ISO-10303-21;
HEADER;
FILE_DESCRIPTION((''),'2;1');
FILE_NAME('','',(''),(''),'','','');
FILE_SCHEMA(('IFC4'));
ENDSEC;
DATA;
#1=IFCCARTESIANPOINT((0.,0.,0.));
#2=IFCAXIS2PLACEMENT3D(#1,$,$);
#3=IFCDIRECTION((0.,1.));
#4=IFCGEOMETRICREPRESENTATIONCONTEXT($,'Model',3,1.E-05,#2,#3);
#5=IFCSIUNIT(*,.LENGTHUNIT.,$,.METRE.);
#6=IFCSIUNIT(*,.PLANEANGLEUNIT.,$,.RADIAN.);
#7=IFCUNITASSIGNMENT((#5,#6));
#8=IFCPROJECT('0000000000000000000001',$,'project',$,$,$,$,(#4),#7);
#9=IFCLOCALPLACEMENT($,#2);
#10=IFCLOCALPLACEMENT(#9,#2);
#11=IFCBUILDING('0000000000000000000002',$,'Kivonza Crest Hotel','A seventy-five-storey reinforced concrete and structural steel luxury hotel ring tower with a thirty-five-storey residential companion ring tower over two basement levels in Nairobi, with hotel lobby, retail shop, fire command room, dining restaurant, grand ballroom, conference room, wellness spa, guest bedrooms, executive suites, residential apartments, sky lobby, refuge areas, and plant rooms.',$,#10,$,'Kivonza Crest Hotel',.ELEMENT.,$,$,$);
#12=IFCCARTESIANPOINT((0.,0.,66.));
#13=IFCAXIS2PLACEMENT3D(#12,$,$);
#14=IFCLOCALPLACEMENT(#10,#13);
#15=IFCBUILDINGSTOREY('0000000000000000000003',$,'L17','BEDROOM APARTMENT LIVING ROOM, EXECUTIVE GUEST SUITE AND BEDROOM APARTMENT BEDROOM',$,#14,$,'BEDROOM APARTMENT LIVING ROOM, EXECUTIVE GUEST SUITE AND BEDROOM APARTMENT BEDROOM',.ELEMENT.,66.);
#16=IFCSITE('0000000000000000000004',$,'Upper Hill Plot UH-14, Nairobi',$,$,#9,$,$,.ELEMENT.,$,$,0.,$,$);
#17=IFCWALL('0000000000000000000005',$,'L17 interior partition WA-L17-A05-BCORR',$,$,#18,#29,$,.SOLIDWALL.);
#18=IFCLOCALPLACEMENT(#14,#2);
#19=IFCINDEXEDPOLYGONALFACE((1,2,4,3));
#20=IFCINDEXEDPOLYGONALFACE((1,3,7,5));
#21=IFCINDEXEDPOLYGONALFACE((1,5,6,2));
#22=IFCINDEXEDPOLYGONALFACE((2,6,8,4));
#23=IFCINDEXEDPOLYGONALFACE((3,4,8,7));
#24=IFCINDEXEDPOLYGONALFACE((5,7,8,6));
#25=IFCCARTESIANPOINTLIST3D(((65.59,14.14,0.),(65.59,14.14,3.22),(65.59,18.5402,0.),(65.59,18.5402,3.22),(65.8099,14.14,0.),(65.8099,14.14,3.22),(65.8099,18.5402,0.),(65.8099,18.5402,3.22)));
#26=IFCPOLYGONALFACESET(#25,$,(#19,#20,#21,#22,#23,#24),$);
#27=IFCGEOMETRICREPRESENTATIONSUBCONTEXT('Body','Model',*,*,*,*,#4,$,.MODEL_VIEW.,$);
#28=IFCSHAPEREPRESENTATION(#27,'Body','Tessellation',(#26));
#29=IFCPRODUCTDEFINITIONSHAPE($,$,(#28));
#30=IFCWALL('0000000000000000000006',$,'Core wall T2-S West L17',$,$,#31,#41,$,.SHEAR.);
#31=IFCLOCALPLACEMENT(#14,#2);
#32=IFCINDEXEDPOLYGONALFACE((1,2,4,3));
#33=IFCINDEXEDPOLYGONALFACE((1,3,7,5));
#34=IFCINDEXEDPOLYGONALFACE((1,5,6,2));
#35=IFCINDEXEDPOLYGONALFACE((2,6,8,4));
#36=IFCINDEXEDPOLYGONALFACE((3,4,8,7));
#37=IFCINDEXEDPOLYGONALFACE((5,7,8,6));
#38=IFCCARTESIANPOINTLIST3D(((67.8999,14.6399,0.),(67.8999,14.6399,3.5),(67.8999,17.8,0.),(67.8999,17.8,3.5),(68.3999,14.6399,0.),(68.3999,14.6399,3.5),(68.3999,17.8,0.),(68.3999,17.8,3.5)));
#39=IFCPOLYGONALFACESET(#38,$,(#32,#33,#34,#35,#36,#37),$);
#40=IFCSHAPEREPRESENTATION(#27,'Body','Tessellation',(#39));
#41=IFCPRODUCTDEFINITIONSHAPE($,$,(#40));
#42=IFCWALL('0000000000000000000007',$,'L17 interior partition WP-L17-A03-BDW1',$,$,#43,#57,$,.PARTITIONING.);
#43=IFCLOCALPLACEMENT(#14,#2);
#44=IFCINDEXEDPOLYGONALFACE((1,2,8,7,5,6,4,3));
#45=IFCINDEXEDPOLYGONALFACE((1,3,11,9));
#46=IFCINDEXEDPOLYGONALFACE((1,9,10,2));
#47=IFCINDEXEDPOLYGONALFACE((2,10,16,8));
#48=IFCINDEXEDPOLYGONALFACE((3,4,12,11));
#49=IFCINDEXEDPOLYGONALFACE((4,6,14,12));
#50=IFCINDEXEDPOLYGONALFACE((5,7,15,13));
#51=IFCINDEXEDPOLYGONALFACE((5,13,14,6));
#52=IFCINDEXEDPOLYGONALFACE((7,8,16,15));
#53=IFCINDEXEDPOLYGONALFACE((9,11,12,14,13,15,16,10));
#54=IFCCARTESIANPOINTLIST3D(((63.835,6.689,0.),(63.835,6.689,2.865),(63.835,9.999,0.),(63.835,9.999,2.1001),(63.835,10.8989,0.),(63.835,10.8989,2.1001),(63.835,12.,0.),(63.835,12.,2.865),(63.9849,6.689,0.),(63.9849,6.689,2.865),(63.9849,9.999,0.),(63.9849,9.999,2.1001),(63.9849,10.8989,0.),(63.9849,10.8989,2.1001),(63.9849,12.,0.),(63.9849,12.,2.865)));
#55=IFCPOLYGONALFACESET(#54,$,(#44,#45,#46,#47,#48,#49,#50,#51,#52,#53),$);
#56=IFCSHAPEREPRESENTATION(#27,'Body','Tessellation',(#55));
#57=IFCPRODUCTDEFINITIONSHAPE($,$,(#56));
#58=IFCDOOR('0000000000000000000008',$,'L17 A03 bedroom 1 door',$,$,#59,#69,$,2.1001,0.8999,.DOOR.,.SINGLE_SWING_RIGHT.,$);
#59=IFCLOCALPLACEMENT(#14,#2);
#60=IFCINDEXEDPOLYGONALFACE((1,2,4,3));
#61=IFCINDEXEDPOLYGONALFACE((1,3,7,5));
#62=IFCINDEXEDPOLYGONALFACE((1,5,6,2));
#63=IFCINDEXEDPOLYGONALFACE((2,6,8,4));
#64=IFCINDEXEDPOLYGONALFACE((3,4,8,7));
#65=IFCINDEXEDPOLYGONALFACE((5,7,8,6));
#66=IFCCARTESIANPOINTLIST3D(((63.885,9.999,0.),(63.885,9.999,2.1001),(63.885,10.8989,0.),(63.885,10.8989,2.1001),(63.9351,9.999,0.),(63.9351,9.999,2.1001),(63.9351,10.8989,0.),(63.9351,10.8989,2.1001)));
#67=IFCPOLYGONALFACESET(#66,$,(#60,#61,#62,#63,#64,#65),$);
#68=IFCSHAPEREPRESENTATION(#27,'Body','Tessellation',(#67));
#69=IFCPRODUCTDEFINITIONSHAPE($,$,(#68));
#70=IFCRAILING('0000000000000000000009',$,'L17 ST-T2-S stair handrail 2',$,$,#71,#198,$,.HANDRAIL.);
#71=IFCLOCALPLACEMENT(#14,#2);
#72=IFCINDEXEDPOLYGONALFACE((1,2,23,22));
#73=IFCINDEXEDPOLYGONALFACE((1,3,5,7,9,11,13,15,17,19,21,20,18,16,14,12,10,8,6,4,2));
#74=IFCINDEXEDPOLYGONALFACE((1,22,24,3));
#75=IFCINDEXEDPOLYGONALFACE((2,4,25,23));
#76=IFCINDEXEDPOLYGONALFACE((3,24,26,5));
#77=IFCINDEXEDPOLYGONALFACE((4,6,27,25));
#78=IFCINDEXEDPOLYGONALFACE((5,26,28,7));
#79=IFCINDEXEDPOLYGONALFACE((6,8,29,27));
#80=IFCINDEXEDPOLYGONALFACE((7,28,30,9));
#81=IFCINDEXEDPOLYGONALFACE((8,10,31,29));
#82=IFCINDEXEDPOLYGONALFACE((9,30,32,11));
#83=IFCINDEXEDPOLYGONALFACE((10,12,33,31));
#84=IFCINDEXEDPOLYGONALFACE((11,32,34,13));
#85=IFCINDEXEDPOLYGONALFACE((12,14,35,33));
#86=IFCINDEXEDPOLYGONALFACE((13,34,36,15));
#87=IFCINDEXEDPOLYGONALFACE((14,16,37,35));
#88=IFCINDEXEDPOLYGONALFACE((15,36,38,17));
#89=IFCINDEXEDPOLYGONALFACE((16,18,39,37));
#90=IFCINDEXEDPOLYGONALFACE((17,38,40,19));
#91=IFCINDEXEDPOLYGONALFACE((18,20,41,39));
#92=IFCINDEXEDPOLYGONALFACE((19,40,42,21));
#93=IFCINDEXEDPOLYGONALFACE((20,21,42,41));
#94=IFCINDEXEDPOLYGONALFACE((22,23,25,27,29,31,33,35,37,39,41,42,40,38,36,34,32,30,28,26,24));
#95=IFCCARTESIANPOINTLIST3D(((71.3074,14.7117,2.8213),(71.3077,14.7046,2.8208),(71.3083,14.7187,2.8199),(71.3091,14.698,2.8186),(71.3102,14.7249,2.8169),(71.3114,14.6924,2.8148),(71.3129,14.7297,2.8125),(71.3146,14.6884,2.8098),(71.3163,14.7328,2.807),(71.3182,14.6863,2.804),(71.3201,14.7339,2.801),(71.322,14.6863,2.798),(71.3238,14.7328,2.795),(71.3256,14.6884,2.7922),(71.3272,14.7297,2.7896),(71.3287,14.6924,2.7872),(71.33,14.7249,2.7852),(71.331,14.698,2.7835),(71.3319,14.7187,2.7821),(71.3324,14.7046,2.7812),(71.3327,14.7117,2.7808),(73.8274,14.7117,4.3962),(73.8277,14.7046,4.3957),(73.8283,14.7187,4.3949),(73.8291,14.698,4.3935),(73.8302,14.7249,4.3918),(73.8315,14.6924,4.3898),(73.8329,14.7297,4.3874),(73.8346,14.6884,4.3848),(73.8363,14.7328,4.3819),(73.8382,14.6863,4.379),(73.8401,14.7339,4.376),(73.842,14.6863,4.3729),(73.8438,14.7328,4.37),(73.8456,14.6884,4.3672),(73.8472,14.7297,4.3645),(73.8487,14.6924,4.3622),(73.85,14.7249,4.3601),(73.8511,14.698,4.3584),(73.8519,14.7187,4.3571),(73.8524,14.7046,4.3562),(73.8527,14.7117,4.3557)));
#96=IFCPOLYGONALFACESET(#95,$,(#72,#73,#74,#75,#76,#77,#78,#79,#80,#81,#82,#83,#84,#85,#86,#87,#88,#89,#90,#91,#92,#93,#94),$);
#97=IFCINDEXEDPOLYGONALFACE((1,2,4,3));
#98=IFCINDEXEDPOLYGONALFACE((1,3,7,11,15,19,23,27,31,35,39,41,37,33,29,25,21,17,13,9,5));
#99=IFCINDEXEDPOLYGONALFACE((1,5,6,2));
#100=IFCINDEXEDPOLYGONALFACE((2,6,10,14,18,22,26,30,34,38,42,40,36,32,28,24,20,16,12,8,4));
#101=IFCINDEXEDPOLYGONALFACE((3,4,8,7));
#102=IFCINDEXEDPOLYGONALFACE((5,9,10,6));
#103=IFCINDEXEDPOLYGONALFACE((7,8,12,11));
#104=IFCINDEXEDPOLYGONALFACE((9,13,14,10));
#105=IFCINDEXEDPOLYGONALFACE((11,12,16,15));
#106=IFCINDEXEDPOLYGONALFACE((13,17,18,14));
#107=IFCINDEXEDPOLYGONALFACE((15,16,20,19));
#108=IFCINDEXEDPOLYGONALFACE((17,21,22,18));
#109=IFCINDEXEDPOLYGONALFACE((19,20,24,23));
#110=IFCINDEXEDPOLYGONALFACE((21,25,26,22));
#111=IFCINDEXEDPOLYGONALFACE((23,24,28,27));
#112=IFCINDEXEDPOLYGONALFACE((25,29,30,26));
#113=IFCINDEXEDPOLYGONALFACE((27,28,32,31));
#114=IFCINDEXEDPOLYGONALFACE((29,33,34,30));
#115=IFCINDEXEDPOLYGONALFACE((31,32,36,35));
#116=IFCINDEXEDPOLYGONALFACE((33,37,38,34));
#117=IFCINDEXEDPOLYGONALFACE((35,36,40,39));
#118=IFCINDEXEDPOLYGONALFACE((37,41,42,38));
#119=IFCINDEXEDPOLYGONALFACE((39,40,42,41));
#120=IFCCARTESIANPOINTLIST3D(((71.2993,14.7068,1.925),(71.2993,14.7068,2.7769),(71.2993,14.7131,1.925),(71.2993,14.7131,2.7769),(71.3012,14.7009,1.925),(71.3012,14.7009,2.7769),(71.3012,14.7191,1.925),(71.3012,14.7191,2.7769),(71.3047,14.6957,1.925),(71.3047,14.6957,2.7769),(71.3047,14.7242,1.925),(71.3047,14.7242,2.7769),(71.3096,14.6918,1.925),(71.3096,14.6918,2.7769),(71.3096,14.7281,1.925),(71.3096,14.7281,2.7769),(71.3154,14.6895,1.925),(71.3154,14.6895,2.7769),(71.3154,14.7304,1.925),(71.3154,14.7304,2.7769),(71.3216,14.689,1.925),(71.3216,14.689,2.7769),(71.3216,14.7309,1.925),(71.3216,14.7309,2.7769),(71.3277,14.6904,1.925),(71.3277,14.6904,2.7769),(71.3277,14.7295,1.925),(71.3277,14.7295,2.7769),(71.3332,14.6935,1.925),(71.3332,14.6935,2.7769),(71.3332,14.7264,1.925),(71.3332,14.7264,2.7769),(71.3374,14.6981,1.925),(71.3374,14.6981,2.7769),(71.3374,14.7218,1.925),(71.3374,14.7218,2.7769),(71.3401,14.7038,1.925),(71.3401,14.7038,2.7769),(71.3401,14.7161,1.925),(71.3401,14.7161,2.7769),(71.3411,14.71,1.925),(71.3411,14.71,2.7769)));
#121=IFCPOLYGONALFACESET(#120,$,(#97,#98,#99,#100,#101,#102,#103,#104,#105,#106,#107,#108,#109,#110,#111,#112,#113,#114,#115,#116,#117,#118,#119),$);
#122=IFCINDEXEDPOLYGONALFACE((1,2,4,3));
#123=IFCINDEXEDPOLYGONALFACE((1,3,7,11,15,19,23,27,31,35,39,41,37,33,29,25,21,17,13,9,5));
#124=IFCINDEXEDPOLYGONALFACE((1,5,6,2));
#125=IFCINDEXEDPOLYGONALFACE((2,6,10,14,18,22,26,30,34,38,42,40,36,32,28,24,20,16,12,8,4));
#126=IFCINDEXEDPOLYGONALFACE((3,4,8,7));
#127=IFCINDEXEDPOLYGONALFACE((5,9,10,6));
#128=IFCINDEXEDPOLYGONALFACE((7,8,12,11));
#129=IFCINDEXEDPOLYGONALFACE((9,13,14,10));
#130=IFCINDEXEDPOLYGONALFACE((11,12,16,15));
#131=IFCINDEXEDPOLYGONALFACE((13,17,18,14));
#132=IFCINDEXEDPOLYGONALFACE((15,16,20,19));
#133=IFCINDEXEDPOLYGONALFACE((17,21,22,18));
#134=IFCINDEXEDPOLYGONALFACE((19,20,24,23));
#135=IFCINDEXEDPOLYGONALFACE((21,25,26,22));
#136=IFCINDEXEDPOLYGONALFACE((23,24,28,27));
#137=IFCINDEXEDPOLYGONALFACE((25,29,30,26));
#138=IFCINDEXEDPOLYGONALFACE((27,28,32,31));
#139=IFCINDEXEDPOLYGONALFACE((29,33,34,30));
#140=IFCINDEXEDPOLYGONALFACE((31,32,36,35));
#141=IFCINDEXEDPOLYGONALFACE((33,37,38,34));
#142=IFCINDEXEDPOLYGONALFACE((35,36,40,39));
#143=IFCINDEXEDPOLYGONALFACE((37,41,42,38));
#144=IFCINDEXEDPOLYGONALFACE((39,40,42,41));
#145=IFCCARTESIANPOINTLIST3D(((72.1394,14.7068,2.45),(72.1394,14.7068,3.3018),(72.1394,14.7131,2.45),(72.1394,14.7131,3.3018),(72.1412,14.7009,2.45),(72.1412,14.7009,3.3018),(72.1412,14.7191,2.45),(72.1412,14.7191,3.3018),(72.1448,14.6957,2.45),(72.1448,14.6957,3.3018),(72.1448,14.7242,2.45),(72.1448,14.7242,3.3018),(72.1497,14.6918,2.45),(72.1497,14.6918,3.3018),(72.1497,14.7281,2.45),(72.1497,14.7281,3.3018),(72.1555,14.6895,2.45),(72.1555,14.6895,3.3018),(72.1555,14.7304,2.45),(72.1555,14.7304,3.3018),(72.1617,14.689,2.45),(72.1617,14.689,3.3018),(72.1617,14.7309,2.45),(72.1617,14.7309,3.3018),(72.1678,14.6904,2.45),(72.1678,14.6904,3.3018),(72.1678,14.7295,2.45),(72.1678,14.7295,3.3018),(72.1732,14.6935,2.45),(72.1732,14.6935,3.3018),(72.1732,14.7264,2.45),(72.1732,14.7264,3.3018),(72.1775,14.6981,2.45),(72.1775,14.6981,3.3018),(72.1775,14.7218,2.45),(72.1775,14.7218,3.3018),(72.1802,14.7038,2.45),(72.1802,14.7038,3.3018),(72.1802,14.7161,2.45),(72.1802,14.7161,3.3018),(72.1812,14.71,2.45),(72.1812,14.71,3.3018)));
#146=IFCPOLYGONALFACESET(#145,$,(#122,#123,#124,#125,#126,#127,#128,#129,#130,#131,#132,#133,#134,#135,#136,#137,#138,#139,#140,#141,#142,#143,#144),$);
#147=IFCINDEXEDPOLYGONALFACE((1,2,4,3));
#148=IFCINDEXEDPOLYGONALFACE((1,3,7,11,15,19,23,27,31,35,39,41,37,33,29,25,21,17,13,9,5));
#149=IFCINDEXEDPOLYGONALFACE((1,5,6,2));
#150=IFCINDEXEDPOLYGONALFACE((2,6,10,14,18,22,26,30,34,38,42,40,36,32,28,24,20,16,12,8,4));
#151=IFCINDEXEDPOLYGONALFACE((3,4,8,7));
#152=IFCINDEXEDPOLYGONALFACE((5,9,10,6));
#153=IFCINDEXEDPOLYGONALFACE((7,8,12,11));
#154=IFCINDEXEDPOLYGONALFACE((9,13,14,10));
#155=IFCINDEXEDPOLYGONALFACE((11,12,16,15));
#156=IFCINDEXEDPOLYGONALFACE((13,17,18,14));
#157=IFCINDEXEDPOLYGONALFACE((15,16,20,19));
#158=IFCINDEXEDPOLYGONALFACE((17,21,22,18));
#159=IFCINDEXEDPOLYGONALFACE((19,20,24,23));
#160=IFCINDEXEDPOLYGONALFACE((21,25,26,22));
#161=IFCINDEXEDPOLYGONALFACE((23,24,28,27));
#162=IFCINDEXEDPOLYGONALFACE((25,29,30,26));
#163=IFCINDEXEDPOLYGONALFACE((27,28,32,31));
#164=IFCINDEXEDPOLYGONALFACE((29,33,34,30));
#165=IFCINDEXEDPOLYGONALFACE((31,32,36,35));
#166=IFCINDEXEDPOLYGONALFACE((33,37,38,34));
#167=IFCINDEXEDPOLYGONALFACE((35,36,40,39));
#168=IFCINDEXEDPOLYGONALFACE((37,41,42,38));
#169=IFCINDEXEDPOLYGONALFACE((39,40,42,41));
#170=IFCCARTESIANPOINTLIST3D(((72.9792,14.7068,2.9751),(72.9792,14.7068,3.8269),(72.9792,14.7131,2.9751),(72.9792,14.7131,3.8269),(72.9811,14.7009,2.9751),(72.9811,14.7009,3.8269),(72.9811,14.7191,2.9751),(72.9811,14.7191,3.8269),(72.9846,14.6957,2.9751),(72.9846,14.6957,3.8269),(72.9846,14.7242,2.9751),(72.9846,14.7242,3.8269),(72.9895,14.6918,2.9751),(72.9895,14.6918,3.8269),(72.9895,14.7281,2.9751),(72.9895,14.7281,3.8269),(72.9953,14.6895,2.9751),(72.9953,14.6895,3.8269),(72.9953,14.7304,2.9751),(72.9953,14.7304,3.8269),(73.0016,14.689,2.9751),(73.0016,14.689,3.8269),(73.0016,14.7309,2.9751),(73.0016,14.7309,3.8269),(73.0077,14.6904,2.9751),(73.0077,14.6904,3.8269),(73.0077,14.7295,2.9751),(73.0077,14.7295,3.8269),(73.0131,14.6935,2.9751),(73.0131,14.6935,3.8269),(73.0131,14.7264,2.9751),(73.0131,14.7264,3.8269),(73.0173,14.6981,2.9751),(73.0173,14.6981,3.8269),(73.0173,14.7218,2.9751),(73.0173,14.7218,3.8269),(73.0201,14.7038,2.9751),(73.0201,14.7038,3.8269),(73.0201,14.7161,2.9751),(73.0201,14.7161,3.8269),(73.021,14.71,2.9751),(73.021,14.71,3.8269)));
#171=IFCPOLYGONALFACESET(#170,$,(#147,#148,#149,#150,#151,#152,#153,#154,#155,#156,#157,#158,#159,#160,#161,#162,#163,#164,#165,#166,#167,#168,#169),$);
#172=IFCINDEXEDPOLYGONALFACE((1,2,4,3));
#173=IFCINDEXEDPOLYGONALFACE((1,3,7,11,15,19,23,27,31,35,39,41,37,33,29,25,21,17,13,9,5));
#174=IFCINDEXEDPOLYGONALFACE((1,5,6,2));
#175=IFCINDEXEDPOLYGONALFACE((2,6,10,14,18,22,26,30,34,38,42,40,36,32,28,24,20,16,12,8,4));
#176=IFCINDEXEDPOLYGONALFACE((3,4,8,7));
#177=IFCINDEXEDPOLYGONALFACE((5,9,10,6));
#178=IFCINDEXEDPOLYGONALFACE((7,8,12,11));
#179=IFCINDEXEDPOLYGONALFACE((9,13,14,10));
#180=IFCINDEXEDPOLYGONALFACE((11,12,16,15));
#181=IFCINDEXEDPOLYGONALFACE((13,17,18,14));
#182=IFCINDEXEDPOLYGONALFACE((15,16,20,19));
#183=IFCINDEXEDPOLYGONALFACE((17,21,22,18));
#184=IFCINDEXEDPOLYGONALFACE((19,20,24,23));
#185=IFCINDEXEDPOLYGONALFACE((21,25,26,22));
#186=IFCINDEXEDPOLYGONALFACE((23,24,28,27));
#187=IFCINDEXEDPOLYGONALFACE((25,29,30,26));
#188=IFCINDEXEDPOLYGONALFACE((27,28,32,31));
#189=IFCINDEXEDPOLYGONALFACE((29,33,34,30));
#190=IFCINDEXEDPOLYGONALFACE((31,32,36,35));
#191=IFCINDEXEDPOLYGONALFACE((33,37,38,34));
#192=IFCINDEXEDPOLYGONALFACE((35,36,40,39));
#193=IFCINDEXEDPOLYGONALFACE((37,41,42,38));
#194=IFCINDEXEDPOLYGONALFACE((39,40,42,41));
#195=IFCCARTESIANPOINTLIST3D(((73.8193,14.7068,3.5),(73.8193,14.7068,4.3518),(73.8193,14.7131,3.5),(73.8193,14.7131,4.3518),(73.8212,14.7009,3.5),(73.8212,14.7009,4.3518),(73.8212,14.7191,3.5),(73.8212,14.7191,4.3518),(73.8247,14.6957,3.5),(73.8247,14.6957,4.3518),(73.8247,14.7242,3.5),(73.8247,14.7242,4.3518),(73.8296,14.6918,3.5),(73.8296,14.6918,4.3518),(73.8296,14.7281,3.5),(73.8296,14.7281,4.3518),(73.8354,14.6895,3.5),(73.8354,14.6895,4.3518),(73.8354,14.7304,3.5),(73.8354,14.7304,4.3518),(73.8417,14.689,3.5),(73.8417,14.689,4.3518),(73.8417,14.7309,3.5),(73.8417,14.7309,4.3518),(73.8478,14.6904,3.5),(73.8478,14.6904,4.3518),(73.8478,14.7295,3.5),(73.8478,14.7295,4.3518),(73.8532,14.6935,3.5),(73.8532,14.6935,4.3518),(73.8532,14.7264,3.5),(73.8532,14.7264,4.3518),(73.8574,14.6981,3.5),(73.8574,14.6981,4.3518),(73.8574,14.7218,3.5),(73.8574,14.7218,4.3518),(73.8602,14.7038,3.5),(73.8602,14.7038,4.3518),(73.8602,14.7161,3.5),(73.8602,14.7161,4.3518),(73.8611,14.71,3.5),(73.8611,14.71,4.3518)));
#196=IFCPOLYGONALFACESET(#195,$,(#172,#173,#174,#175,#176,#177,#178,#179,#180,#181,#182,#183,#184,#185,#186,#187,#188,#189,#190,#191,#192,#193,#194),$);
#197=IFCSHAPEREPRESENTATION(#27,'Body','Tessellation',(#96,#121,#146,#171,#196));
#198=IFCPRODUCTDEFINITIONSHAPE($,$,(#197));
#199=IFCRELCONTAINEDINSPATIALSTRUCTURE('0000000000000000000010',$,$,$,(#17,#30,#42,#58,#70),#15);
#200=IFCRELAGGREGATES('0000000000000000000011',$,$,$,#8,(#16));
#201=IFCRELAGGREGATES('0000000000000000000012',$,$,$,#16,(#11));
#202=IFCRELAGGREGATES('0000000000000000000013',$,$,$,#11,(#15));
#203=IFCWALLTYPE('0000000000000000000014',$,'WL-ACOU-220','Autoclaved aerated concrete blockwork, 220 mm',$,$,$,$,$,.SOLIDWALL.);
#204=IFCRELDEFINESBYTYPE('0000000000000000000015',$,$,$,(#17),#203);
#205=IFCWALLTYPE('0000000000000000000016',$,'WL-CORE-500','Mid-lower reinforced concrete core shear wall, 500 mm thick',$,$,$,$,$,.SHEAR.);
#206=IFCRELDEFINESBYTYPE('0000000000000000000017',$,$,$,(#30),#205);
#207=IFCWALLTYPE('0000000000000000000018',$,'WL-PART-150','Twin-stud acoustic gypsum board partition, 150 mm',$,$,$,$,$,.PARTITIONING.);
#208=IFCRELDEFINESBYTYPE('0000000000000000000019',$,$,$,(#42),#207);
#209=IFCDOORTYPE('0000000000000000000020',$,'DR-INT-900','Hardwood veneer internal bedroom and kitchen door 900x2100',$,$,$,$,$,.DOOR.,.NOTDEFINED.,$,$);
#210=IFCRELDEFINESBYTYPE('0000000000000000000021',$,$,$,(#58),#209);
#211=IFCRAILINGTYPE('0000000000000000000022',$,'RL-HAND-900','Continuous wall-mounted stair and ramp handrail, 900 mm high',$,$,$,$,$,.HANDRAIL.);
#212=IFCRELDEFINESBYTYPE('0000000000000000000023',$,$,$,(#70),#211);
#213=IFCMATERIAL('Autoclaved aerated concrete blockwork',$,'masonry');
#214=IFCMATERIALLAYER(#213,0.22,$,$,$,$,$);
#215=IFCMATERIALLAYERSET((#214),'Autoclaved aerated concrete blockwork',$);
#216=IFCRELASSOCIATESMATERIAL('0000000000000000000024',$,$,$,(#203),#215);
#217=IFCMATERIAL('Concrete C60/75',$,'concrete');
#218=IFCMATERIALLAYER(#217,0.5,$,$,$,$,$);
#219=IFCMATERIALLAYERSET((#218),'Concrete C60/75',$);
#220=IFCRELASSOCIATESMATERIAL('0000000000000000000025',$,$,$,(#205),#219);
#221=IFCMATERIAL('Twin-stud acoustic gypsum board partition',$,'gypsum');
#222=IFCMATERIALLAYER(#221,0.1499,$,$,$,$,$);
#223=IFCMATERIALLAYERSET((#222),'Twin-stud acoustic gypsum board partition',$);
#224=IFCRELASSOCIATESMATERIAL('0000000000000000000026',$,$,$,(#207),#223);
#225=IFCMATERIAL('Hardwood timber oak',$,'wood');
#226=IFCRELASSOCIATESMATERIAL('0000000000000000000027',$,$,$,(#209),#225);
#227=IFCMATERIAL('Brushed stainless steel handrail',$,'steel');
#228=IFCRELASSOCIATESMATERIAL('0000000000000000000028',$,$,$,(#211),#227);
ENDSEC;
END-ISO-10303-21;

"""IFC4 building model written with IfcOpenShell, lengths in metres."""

from ifc_helpers import new_model, si_unit, direction, frame, frame_2d, origin, origin_2d, place, context, subcontext, project, spatial, rectangle, circle, extrude, material, layer, layer_set, type_object, element, fill, save


model = new_model("IFC4")

# Units and contexts
model_context = context("Model", 3, precision=1e-05, world=origin(), true_north=direction((0.0, 1.0)))
body_context = subcontext(model_context, "Body", "Model", "MODEL_VIEW")
ifc_project = project(units=[si_unit("LENGTHUNIT", "METRE"), si_unit("PLANEANGLEUNIT", "RADIAN")], contexts=[model_context])

# Site, building, storey
site_placement = place(None, origin())
site = spatial("IfcSite", under=ifc_project, at=site_placement, Name="Upper Hill Plot UH-14, Nairobi", CompositionType="ELEMENT", RefElevation=0.0)
building_placement = place(site_placement, origin())
building = spatial("IfcBuilding", under=site, at=building_placement, Name="Kivonza Crest Hotel", Description="A seventy-five-storey reinforced concrete and structural steel luxury hotel ring tower with a thirty-five-storey residential companion ring tower over two basement levels in Nairobi, with hotel lobby, retail shop, fire command room, dining restaurant, grand ballroom, conference room, wellness spa, guest bedrooms, executive suites, residential apartments, sky lobby, refuge areas, and plant rooms.", LongName="Kivonza Crest Hotel", CompositionType="ELEMENT")
storey_placement = place(building_placement, frame((0.0, 0.0, 66.0)))
storey = spatial("IfcBuildingStorey", under=building, at=storey_placement, Name="L17", Description="BEDROOM APARTMENT LIVING ROOM, EXECUTIVE GUEST SUITE AND BEDROOM APARTMENT BEDROOM", LongName="BEDROOM APARTMENT LIVING ROOM, EXECUTIVE GUEST SUITE AND BEDROOM APARTMENT BEDROOM", CompositionType="ELEMENT", Elevation=66.0)

# Shared definitions
ifc_material_1 = material(Name="Autoclaved aerated concrete blockwork", Category="masonry")
ifc_layer_1 = layer(ifc_material_1, 0.22)
ifc_layer_set_1 = layer_set([ifc_layer_1], Name="Autoclaved aerated concrete blockwork")
wall_type_1 = type_object("IfcWallType", Name="WL-ACOU-220", Description="Autoclaved aerated concrete blockwork, 220 mm", PredefinedType="SOLIDWALL", material=ifc_layer_set_1)
ifc_material_2 = material(Name="Hardwood timber oak", Category="wood")

# Wall
wall_1_placement = place(storey_placement, frame((65.7, 14.1399, 0.0), z_axis=(0.0, 0.0, 1.0), x_axis=(0.0, 1.0, 0.0)))
element("IfcWall", 1, at=wall_1_placement, inside=storey, type_object=wall_type_1, Name="L17 interior partition WA-L17-A05-BCORR", PredefinedType="SOLIDWALL", context=body_context, shape_type="SweptSolid", body=[
    extrude(rectangle(XDim=4.4001, YDim=0.22, at=frame_2d((2.2002, 0.0))), origin(), (0.0, 0.0, 1.0), 3.22),
])

# Shared definitions
ifc_material_3 = material(Name="Concrete C60/75", Category="concrete")
ifc_layer_2 = layer(ifc_material_3, 0.5)
ifc_layer_set_2 = layer_set([ifc_layer_2], Name="Concrete C60/75")
wall_type_2 = type_object("IfcWallType", Name="WL-CORE-500", Description="Mid-lower reinforced concrete core shear wall, 500 mm thick", PredefinedType="SHEAR", material=ifc_layer_set_2)

# Wall
wall_2_placement = place(storey_placement, frame((68.1499, 14.6399, 0.0), z_axis=(0.0, 0.0, 1.0), x_axis=(0.0, 1.0, 0.0)))
element("IfcWall", 2, at=wall_2_placement, inside=storey, type_object=wall_type_2, Name="Core wall T2-S West L17", PredefinedType="SHEAR", context=body_context, shape_type="SweptSolid", body=[
    extrude(rectangle(XDim=3.1602, YDim=0.5, at=frame_2d((1.5801, 0.0))), origin(), (0.0, 0.0, 1.0), 3.5),
])

# Wall, opening, door
ifc_material_4 = material(Name="Twin-stud acoustic gypsum board partition", Category="gypsum")
ifc_layer_3 = layer(ifc_material_4, 0.1499)
ifc_layer_set_3 = layer_set([ifc_layer_3], Name="Twin-stud acoustic gypsum board partition")
wall_type_3 = type_object("IfcWallType", Name="WL-PART-150", Description="Twin-stud acoustic gypsum board partition, 150 mm", PredefinedType="PARTITIONING", material=ifc_layer_set_3)
wall_3_placement = place(storey_placement, frame((63.9099, 6.689, 0.0), z_axis=(0.0, 0.0, 1.0), x_axis=(0.0, 1.0, 0.0)))
wall_3 = element("IfcWall", 3, at=wall_3_placement, inside=storey, type_object=wall_type_3, Name="L17 interior partition WP-L17-A03-BDW1", PredefinedType="PARTITIONING", context=body_context, shape_type="SweptSolid", body=[
    extrude(rectangle(XDim=5.311, YDim=0.1499, at=frame_2d((2.6555, 0.0))), origin(), (0.0, 0.0, 1.0), 2.865),
])
opening_1_placement = place(wall_3_placement, frame((3.3101, 0.0, 0.0)))
opening_1 = element("IfcOpeningElement", 4, at=opening_1_placement, cuts=wall_3, PredefinedType="OPENING", context=body_context, shape_type="SweptSolid", body=[
    extrude(rectangle(XDim=0.8999, YDim=2.1001, at=frame_2d((0.45, 1.05))), frame((0.0, 0.085, 0.0), z_axis=(0.0, -1.0, 0.0), x_axis=(1.0, 0.0, 0.0)), (0.0, 0.0, 1.0), 0.1699),
])
door_type_1 = type_object("IfcDoorType", Name="DR-INT-900", Description="Hardwood veneer internal bedroom and kitchen door 900x2100", OperationType="NOTDEFINED", PredefinedType="DOOR", material=ifc_material_2)
door_1_placement = place(opening_1_placement, origin())
door_1 = element("IfcDoor", 5, at=door_1_placement, inside=storey, type_object=door_type_1, Name="L17 A03 bedroom 1 door", OperationType="SINGLE_SWING_RIGHT", OverallHeight=2.1001, OverallWidth=0.8999, PredefinedType="DOOR", context=body_context, shape_type="SweptSolid", body=[
    extrude(rectangle(XDim=0.8999, YDim=2.1001, at=frame_2d((0.45, 1.05))), frame((0.0, 0.0249, 0.0), z_axis=(0.0, -1.0, 0.0), x_axis=(1.0, 0.0, 0.0)), (0.0, 0.0, 1.0), 0.05),
])
fill(opening_1, door_1)

# Railing
ifc_material_5 = material(Name="Brushed stainless steel handrail", Category="steel")
railing_type = type_object("IfcRailingType", Name="RL-HAND-900", Description="Continuous wall-mounted stair and ramp handrail, 900 mm high", PredefinedType="HANDRAIL", material=ifc_material_5)
railing_placement = place(storey_placement, frame((71.3201, 14.71, 1.925)))
element("IfcRailing", 6, at=railing_placement, inside=storey, type_object=railing_type, Name="L17 ST-T2-S stair handrail 2", PredefinedType="HANDRAIL", context=body_context, shape_type="SweptSolid", body=[
    extrude(circle(Radius=0.0239, at=origin_2d()), frame((0.0, 0.0, 0.876), z_axis=(0.848008, 0.0, 0.529984), x_axis=(0.0, 1.0, 0.0)), (0.0, 0.0, 1.0), 2.9717),
    extrude(circle(Radius=0.021, at=origin_2d()), origin(), (0.0, 0.0, 1.0), 0.8518),
    extrude(circle(Radius=0.021, at=origin_2d()), frame((0.8401, 0.0, 0.5249)), (0.0, 0.0, 1.0), 0.8518),
    extrude(circle(Radius=0.021, at=origin_2d()), frame((1.6799, 0.0, 1.05)), (0.0, 0.0, 1.0), 0.8518),
    extrude(circle(Radius=0.021, at=origin_2d()), frame((2.52, 0.0, 1.575)), (0.0, 0.0, 1.0), 0.8518),
])

save(model, "model.ifc")
